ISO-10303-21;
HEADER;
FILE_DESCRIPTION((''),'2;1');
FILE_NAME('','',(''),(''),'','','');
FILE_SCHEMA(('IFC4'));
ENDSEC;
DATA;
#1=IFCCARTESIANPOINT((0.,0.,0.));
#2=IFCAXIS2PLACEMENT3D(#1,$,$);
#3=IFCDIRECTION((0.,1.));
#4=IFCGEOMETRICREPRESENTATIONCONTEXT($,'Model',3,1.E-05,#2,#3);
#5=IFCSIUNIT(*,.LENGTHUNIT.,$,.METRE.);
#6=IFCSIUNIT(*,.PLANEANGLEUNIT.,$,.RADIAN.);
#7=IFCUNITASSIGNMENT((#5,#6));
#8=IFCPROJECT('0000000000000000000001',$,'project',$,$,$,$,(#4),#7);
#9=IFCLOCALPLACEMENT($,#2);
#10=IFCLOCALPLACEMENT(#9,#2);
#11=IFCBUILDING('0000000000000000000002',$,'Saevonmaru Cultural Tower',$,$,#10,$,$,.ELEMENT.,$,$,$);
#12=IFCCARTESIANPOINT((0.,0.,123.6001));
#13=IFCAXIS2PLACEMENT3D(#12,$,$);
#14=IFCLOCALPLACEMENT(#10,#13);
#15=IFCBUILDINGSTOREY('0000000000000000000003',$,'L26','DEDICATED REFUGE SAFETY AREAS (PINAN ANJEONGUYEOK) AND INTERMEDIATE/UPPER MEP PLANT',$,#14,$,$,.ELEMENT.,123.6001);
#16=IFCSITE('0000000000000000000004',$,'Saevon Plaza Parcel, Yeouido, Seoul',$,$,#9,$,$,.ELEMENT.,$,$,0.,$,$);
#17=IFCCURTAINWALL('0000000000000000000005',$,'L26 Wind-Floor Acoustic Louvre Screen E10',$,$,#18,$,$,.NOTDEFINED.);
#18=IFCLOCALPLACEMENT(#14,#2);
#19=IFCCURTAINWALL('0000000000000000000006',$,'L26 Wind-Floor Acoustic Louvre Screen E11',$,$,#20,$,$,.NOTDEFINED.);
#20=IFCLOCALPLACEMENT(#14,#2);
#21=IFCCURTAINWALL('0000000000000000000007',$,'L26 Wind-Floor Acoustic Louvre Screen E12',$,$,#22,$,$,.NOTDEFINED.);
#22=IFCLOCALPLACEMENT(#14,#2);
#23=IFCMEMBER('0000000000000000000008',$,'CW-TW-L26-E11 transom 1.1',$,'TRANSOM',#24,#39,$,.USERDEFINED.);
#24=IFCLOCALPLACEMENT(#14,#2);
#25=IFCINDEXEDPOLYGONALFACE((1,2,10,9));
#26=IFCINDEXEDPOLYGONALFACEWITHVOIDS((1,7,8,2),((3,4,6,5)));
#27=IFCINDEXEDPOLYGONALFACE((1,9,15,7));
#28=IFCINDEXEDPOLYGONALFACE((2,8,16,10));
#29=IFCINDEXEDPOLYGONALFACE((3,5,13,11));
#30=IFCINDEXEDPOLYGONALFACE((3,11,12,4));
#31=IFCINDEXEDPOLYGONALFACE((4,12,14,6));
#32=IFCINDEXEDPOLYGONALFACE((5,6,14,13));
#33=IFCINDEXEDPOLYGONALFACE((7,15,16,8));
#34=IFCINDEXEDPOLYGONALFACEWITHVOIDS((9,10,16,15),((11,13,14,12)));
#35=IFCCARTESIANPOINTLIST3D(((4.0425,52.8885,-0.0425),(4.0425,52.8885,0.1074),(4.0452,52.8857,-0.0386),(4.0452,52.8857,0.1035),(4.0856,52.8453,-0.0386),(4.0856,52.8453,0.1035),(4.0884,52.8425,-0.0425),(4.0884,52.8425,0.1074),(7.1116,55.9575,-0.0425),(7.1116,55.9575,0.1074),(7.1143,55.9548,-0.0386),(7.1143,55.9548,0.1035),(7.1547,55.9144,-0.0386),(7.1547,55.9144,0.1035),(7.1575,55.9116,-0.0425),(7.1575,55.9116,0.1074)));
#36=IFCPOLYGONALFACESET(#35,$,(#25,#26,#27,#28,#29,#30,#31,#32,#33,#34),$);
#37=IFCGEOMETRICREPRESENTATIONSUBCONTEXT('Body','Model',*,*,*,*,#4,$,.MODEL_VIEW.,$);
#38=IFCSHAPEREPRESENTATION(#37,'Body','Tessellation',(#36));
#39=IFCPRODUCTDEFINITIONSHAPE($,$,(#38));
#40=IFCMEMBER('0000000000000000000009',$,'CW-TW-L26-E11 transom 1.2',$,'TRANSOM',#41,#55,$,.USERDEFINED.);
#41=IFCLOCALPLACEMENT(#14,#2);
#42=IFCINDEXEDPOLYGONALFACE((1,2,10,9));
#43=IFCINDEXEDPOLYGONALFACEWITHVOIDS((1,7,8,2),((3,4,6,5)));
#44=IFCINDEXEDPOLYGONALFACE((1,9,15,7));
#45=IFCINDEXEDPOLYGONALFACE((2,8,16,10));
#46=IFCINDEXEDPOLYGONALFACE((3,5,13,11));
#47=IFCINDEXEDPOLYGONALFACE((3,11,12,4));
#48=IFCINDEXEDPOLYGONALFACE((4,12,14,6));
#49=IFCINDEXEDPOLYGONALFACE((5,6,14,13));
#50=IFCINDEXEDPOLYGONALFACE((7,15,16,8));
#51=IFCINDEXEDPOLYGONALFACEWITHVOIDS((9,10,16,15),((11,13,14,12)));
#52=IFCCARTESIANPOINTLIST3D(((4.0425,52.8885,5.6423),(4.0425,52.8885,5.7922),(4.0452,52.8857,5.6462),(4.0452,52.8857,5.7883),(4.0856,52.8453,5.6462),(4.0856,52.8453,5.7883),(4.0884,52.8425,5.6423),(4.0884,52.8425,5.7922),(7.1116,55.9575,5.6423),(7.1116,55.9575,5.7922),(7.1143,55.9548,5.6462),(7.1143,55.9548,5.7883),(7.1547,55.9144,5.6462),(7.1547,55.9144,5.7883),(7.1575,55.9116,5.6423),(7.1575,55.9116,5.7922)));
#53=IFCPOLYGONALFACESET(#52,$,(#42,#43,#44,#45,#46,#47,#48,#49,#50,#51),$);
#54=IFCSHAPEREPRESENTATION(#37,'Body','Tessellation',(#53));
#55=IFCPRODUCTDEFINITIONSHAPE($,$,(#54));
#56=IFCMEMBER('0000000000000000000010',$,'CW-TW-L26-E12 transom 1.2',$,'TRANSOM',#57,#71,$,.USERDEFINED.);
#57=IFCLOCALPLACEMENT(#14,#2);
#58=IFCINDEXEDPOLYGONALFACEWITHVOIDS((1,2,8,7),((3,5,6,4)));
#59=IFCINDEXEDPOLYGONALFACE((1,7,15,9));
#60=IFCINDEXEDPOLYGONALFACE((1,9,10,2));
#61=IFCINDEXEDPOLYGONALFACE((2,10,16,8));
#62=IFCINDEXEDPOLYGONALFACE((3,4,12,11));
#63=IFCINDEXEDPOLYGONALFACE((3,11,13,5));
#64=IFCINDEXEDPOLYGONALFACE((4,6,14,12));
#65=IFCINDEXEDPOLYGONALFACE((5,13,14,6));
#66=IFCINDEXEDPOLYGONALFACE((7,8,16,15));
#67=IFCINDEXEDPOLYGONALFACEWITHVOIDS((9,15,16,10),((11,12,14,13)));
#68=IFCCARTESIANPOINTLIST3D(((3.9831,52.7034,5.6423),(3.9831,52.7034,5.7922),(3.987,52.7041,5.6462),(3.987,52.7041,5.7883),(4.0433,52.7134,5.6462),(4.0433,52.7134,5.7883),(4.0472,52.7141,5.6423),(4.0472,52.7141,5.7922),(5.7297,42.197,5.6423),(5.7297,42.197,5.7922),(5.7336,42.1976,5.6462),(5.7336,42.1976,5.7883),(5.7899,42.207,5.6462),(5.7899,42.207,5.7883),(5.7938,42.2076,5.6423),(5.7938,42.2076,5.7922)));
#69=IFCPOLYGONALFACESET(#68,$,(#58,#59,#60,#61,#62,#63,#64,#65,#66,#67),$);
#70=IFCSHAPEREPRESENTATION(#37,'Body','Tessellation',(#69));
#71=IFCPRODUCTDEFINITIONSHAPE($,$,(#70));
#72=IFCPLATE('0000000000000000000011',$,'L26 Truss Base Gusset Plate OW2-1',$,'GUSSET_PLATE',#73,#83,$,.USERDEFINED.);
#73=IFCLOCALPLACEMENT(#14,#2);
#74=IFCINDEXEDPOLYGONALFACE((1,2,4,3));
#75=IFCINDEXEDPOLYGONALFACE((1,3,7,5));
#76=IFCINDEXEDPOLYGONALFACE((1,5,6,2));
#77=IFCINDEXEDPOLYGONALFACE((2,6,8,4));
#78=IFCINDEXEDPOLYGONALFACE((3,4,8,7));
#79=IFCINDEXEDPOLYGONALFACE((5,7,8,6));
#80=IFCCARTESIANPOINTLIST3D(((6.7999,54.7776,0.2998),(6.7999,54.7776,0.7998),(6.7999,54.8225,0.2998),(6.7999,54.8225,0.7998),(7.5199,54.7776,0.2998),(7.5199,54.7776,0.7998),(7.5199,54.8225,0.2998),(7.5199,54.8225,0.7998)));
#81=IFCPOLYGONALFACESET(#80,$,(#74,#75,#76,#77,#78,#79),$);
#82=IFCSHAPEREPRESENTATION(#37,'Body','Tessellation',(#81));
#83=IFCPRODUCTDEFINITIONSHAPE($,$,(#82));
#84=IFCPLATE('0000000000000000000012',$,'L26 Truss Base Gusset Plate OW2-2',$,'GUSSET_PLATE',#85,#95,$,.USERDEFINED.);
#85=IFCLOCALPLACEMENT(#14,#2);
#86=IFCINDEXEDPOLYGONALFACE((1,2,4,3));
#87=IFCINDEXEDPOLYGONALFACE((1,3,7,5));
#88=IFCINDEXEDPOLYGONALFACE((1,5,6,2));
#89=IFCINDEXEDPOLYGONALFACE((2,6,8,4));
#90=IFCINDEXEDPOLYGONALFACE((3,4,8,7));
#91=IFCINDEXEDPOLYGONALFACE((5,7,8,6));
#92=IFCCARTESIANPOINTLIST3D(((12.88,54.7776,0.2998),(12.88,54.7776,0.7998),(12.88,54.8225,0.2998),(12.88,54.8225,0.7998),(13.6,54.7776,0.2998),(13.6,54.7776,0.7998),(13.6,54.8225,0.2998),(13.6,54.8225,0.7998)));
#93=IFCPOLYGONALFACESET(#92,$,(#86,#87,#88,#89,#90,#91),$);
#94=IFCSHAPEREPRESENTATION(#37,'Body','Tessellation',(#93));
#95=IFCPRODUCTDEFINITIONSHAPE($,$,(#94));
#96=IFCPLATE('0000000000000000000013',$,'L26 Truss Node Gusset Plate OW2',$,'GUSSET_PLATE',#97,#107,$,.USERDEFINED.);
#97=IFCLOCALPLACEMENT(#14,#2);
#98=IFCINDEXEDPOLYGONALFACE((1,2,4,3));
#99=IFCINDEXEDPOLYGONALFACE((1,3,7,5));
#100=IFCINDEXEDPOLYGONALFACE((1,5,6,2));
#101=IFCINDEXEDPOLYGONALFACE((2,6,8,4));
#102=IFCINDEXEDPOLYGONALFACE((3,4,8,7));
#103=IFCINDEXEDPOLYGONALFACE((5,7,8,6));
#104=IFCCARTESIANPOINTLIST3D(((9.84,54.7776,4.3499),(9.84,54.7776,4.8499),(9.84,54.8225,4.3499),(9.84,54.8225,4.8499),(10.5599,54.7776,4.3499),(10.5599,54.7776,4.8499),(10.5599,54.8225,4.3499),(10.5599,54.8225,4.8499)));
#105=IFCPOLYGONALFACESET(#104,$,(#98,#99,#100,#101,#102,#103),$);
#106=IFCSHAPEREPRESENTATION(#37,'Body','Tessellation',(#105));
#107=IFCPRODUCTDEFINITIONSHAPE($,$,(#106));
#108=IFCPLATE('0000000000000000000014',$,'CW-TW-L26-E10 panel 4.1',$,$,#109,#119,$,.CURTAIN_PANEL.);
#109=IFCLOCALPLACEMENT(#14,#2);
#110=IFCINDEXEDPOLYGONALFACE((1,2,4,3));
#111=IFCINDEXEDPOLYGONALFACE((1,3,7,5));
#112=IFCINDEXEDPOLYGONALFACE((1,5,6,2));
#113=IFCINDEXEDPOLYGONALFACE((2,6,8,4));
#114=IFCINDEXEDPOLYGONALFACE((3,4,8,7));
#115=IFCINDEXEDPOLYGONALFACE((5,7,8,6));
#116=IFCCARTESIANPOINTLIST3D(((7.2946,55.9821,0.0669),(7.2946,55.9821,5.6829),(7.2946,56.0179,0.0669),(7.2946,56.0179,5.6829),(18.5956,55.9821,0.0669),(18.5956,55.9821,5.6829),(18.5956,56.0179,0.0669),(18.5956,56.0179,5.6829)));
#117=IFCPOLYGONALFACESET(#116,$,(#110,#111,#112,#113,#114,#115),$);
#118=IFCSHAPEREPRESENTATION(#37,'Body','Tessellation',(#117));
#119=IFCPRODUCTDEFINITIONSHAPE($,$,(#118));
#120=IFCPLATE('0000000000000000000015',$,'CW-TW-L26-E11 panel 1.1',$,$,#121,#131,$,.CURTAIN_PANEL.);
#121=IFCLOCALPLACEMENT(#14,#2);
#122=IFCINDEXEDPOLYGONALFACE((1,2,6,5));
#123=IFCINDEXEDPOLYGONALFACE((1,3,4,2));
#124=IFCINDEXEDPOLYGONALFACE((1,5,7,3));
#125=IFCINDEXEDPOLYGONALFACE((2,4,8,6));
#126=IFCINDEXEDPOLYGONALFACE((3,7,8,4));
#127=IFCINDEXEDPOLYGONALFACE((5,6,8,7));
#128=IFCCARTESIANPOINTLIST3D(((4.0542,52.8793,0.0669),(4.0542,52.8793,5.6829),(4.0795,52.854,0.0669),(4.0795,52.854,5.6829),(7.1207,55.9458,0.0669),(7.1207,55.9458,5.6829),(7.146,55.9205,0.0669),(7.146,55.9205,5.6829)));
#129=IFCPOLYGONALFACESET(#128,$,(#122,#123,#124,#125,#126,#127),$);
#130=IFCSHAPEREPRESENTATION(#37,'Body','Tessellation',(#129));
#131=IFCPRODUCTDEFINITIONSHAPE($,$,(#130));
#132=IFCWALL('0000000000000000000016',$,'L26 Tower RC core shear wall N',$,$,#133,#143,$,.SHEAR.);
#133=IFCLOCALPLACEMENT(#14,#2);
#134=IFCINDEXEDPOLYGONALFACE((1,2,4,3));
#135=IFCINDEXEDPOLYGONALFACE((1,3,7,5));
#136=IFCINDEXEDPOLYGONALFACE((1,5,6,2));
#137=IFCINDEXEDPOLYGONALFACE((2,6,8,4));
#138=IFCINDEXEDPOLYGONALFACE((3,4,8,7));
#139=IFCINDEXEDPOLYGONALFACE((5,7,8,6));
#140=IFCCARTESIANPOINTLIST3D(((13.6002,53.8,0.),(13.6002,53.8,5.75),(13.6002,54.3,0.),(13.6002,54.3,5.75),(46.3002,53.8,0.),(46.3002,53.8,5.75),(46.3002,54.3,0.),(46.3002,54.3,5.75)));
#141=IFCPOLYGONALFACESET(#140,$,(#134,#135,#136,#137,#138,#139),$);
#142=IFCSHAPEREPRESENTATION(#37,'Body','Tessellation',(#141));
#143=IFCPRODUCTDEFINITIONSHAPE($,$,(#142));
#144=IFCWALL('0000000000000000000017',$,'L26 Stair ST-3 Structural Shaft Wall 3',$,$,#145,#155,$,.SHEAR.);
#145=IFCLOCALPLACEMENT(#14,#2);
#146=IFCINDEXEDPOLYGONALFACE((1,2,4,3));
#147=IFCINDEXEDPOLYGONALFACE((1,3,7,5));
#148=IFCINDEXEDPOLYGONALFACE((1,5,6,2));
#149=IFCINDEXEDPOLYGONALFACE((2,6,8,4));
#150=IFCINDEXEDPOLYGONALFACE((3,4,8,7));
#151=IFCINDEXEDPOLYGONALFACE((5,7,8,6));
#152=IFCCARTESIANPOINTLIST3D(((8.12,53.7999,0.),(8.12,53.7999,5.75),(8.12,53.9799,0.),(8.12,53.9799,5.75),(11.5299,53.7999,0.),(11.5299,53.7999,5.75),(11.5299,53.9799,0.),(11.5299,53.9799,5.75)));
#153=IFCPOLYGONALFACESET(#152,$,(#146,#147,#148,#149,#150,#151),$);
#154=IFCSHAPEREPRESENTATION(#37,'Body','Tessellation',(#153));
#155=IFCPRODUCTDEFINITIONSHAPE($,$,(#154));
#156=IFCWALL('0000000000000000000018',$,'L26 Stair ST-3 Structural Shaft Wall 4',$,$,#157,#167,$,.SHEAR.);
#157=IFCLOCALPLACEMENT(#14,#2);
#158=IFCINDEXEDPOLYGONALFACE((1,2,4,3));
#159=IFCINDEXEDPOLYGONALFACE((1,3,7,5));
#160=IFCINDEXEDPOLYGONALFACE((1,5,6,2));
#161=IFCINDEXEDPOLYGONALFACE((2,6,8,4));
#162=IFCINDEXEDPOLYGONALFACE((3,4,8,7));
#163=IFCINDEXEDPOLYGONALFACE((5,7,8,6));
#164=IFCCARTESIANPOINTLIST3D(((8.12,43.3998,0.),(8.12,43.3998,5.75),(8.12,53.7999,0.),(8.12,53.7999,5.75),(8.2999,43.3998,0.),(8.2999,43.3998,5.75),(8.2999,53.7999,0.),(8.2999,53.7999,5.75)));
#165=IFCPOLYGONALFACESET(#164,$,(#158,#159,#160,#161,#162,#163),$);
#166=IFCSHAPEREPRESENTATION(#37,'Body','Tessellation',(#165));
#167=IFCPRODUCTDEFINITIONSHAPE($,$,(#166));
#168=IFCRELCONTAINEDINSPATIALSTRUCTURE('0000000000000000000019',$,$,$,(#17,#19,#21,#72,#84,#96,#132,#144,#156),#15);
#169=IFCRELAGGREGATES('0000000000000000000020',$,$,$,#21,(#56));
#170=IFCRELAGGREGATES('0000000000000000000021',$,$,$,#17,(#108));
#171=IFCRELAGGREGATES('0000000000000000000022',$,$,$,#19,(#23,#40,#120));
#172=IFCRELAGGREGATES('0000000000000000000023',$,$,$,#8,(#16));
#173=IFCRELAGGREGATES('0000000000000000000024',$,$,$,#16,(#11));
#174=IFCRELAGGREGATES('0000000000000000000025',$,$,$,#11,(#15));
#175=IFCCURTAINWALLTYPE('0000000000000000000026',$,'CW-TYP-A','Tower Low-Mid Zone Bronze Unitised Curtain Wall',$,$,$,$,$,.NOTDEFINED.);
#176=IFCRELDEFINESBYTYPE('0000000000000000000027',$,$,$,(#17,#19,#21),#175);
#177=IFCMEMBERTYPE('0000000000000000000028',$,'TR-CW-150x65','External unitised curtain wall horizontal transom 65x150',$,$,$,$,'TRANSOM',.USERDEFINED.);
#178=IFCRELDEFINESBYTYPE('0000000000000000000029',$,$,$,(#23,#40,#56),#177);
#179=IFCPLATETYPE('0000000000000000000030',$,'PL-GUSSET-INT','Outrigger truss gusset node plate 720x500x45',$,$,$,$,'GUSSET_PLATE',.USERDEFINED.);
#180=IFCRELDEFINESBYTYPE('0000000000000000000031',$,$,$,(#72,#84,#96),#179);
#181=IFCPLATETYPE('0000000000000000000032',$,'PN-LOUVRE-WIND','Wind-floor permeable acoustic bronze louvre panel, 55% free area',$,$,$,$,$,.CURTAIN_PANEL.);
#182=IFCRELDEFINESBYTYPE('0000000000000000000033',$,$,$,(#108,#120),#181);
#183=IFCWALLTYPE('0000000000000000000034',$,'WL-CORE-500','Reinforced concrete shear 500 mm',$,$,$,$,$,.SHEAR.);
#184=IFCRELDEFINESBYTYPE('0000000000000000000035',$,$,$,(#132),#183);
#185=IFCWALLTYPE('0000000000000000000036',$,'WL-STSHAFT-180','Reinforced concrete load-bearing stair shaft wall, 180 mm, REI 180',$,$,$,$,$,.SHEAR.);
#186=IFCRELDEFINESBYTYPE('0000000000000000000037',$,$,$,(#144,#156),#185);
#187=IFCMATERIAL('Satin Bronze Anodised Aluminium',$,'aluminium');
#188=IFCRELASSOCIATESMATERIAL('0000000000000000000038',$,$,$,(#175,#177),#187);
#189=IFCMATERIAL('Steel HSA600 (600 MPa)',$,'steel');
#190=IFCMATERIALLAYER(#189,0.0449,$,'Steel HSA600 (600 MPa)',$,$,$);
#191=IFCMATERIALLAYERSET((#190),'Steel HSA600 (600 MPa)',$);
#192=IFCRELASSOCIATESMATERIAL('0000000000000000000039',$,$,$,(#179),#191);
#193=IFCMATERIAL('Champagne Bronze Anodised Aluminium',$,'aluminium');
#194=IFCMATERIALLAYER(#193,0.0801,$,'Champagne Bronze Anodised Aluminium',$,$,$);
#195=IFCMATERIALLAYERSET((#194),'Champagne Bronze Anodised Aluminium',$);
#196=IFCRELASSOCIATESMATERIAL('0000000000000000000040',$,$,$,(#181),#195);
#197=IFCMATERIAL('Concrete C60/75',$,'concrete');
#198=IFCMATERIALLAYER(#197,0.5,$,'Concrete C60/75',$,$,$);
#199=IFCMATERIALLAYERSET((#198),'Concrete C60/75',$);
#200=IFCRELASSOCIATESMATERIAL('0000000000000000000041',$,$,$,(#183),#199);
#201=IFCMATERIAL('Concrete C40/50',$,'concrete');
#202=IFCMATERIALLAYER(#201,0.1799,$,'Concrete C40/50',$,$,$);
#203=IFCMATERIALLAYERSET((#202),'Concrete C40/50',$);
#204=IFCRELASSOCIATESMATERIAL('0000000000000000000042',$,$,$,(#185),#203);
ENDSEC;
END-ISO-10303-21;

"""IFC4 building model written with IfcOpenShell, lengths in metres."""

from ifc_helpers import new_model, si_unit, direction, frame, frame_2d, origin, origin_2d, place, context, subcontext, project, spatial, rectangle, hollow_rectangle, extrude, material, layer, layer_set, material_profile, profile_set, type_object, element, aggregate, save


model = new_model("IFC4")

# Units and contexts
model_context = context("Model", 3, precision=1e-05, world=origin(), true_north=direction((0.0, 1.0)))
body_context = subcontext(model_context, "Body", "Model", "MODEL_VIEW")
ifc_project = project(units=[si_unit("LENGTHUNIT", "METRE"), si_unit("PLANEANGLEUNIT", "RADIAN")], contexts=[model_context])

# Site, building, storey
site_placement = place(None, origin())
site = spatial("IfcSite", under=ifc_project, at=site_placement, Name="Saevon Plaza Parcel, Yeouido, Seoul", CompositionType="ELEMENT", RefElevation=0.0)
building_placement = place(site_placement, origin())
building = spatial("IfcBuilding", under=site, at=building_placement, Name="Saevonmaru Cultural Tower", CompositionType="ELEMENT")
storey_placement = place(building_placement, frame((0.0, 0.0, 123.6001)))
storey = spatial("IfcBuildingStorey", under=building, at=storey_placement, Name="L26", Description="DEDICATED REFUGE SAFETY AREAS (PINAN ANJEONGUYEOK) AND INTERMEDIATE/UPPER MEP PLANT", CompositionType="ELEMENT", Elevation=123.6001)

# Shared definitions
ifc_material_1 = material(Name="Steel HSA600 (600 MPa)", Category="steel")

# Curtain wall
ifc_material_2 = material(Name="Satin Bronze Anodised Aluminium", Category="aluminium")
curtain_wall_type = type_object("IfcCurtainWallType", Name="CW-TYP-A", Description="Tower Low-Mid Zone Bronze Unitised Curtain Wall", PredefinedType="NOTDEFINED", material=ifc_material_2)
curtain_wall_1_placement = place(storey_placement, origin())
curtain_wall_1 = element("IfcCurtainWall", 1, at=curtain_wall_1_placement, inside=storey, type_object=curtain_wall_type, Name="L26 Wind-Floor Acoustic Louvre Screen E10", PredefinedType="NOTDEFINED")

# Curtain wall
curtain_wall_2_placement = place(storey_placement, origin())
curtain_wall_2 = element("IfcCurtainWall", 2, at=curtain_wall_2_placement, inside=storey, type_object=curtain_wall_type, Name="L26 Wind-Floor Acoustic Louvre Screen E11", PredefinedType="NOTDEFINED")

# Curtain wall
curtain_wall_3_placement = place(storey_placement, origin())
curtain_wall_3 = element("IfcCurtainWall", 3, at=curtain_wall_3_placement, inside=storey, type_object=curtain_wall_type, Name="L26 Wind-Floor Acoustic Louvre Screen E12", PredefinedType="NOTDEFINED")

# Members
ifc_material_profile_1 = material_profile(ifc_material_2, hollow_rectangle(XDim=0.0649, YDim=0.1499, WallThickness=0.0039, at=origin_2d()), Name="ALU-TRAN-150x65x4")
ifc_profile_set_1 = profile_set([ifc_material_profile_1], Name="Satin Bronze Anodised Aluminium")
member_type_1 = type_object("IfcMemberType", Name="TR-CW-150x65", Description="External unitised curtain wall horizontal transom 65x150", ElementType="TRANSOM", PredefinedType="USERDEFINED", material=ifc_profile_set_1)
member_1_placement = place(storey_placement, frame((7.1345, 55.9346, 0.0325), z_axis=(-0.707107, -0.707107, 0.0), x_axis=(0.707107, -0.707107, 0.0)))
member_1 = element("IfcMember", 4, at=member_1_placement, type_object=member_type_1, Name="CW-TW-L26-E11 transom 1.1", ObjectType="TRANSOM", PredefinedType="USERDEFINED", context=body_context, shape_type="SweptSolid", body=[
    extrude(hollow_rectangle(XDim=0.0649, YDim=0.1499, WallThickness=0.0039, at=origin_2d()), origin(), (0.0, 0.0, 1.0), 4.3403),
])
member_2_placement = place(storey_placement, frame((7.1345, 55.9346, 5.7173), z_axis=(-0.707107, -0.707107, 0.0), x_axis=(0.707107, -0.707107, 0.0)))
member_2 = element("IfcMember", 5, at=member_2_placement, type_object=member_type_1, Name="CW-TW-L26-E11 transom 1.2", ObjectType="TRANSOM", PredefinedType="USERDEFINED", context=body_context, shape_type="SweptSolid", body=[
    extrude(hollow_rectangle(XDim=0.0649, YDim=0.1499, WallThickness=0.0039, at=origin_2d()), origin(), (0.0, 0.0, 1.0), 4.3403),
])
member_3_placement = place(storey_placement, frame((4.0151, 52.7087, 5.7173), z_axis=(0.16399, -0.986462, 0.0), x_axis=(0.986462, 0.16399, 0.0)))
member_3 = element("IfcMember", 6, at=member_3_placement, type_object=member_type_1, Name="CW-TW-L26-E12 transom 1.2", ObjectType="TRANSOM", PredefinedType="USERDEFINED", context=body_context, shape_type="SweptSolid", body=[
    extrude(hollow_rectangle(XDim=0.0649, YDim=0.1499, WallThickness=0.0039, at=origin_2d()), origin(), (0.0, 0.0, 1.0), 10.6506),
])
aggregate(curtain_wall_3, [member_3])

# Plates
ifc_layer_1 = layer(ifc_material_1, 0.0449, Name="Steel HSA600 (600 MPa)")
ifc_layer_set_1 = layer_set([ifc_layer_1], Name="Steel HSA600 (600 MPa)")
plate_type_1 = type_object("IfcPlateType", Name="PL-GUSSET-INT", Description="Outrigger truss gusset node plate 720x500x45", ElementType="GUSSET_PLATE", PredefinedType="USERDEFINED", material=ifc_layer_set_1)
for number, where, z_axis, x_axis, name in (
    (7, (7.1599, 54.8, 0.2998), (0.0, 0.0, 1.0), (1.0, 0.0, 0.0), "L26 Truss Base Gusset Plate OW2-1"),
    (8, (13.24, 54.8, 0.2998), (0.0, 0.0, 1.0), (1.0, 0.0, 0.0), "L26 Truss Base Gusset Plate OW2-2"),
    (9, (10.2, 54.8, 4.3499), (0.0, 0.0, 1.0), (1.0, 0.0, 0.0), "L26 Truss Node Gusset Plate OW2"),
):
    element("IfcPlate", number, at=place(storey_placement, frame(where, z_axis=z_axis, x_axis=x_axis)), inside=storey, type_object=plate_type_1, Name=name, ObjectType="GUSSET_PLATE", PredefinedType="USERDEFINED", context=body_context, shape_type="SweptSolid", body=[
        extrude(rectangle(XDim=0.72, YDim=0.0449, at=origin_2d()), origin(), (0.0, 0.0, 1.0), 0.5),
    ])

# Plates
ifc_material_3 = material(Name="Champagne Bronze Anodised Aluminium", Category="aluminium")
ifc_layer_2 = layer(ifc_material_3, 0.0801, Name="Champagne Bronze Anodised Aluminium")
ifc_layer_set_2 = layer_set([ifc_layer_2], Name="Champagne Bronze Anodised Aluminium")
plate_type_2 = type_object("IfcPlateType", Name="PN-LOUVRE-WIND", Description="Wind-floor permeable acoustic bronze louvre panel, 55% free area", PredefinedType="CURTAIN_PANEL", material=ifc_layer_set_2)
plate_1_placement = place(storey_placement, frame((12.9451, 56.0, 0.0669), z_axis=(0.0, 0.0, 1.0), x_axis=(-1.0, 0.0, 0.0)))
plate_1 = element("IfcPlate", 10, at=plate_1_placement, type_object=plate_type_2, Name="CW-TW-L26-E10 panel 4.1", PredefinedType="CURTAIN_PANEL", context=body_context, shape_type="SweptSolid", body=[
    extrude(rectangle(XDim=11.301, YDim=0.0359, at=origin_2d()), origin(), (0.0, 0.0, 1.0), 5.616),
])
aggregate(curtain_wall_1, [plate_1])
plate_2_placement = place(storey_placement, frame((5.6001, 54.3999, 0.0669), z_axis=(0.0, 0.0, 1.0), x_axis=(-0.707107, -0.707107, 0.0)))
plate_2 = element("IfcPlate", 11, at=plate_2_placement, type_object=plate_type_2, Name="CW-TW-L26-E11 panel 1.1", PredefinedType="CURTAIN_PANEL", context=body_context, shape_type="SweptSolid", body=[
    extrude(rectangle(XDim=4.3367, YDim=0.0359, at=origin_2d()), origin(), (0.0, 0.0, 1.0), 5.616),
])
aggregate(curtain_wall_2, [member_1, member_2, plate_2])

# Walls
ifc_material_4 = material(Name="Concrete C60/75", Category="concrete")
ifc_layer_3 = layer(ifc_material_4, 0.5, Name="Concrete C60/75")
ifc_layer_set_3 = layer_set([ifc_layer_3], Name="Concrete C60/75")
wall_type_1 = type_object("IfcWallType", Name="WL-CORE-500", Description="Reinforced concrete shear 500 mm", PredefinedType="SHEAR", material=ifc_layer_set_3)
wall_1_placement = place(storey_placement, frame((13.6001, 54.05, 0.0), z_axis=(0.0, 0.0, 1.0), x_axis=(1.0, 0.0, 0.0)))
element("IfcWall", 12, at=wall_1_placement, inside=storey, type_object=wall_type_1, Name="L26 Tower RC core shear wall N", PredefinedType="SHEAR", context=body_context, shape_type="SweptSolid", body=[
    extrude(rectangle(XDim=32.7, YDim=0.5, at=frame_2d((16.3501, 0.0))), origin(), (0.0, 0.0, 1.0), 5.75),
])
ifc_material_5 = material(Name="Concrete C40/50", Category="concrete")
ifc_layer_4 = layer(ifc_material_5, 0.1799, Name="Concrete C40/50")
ifc_layer_set_4 = layer_set([ifc_layer_4], Name="Concrete C40/50")
wall_type_2 = type_object("IfcWallType", Name="WL-STSHAFT-180", Description="Reinforced concrete load-bearing stair shaft wall, 180 mm, REI 180", PredefinedType="SHEAR", material=ifc_layer_set_4)
wall_2_placement = place(storey_placement, frame((11.53, 53.8899, 0.0), z_axis=(0.0, 0.0, 1.0), x_axis=(-1.0, 0.0, 0.0)))
element("IfcWall", 13, at=wall_2_placement, inside=storey, type_object=wall_type_2, Name="L26 Stair ST-3 Structural Shaft Wall 3", PredefinedType="SHEAR", context=body_context, shape_type="SweptSolid", body=[
    extrude(rectangle(XDim=3.4099, YDim=0.1799, at=frame_2d((1.7051, 0.0))), origin(), (0.0, 0.0, 1.0), 5.75),
])
wall_3_placement = place(storey_placement, frame((8.21, 53.8, 0.0), z_axis=(0.0, 0.0, 1.0), x_axis=(0.0, -1.0, 0.0)))
element("IfcWall", 14, at=wall_3_placement, inside=storey, type_object=wall_type_2, Name="L26 Stair ST-3 Structural Shaft Wall 4", PredefinedType="SHEAR", context=body_context, shape_type="SweptSolid", body=[
    extrude(rectangle(XDim=10.4001, YDim=0.1799, at=frame_2d((5.2002, 0.0))), origin(), (0.0, 0.0, 1.0), 5.75),
])

save(model, "model.ifc")
